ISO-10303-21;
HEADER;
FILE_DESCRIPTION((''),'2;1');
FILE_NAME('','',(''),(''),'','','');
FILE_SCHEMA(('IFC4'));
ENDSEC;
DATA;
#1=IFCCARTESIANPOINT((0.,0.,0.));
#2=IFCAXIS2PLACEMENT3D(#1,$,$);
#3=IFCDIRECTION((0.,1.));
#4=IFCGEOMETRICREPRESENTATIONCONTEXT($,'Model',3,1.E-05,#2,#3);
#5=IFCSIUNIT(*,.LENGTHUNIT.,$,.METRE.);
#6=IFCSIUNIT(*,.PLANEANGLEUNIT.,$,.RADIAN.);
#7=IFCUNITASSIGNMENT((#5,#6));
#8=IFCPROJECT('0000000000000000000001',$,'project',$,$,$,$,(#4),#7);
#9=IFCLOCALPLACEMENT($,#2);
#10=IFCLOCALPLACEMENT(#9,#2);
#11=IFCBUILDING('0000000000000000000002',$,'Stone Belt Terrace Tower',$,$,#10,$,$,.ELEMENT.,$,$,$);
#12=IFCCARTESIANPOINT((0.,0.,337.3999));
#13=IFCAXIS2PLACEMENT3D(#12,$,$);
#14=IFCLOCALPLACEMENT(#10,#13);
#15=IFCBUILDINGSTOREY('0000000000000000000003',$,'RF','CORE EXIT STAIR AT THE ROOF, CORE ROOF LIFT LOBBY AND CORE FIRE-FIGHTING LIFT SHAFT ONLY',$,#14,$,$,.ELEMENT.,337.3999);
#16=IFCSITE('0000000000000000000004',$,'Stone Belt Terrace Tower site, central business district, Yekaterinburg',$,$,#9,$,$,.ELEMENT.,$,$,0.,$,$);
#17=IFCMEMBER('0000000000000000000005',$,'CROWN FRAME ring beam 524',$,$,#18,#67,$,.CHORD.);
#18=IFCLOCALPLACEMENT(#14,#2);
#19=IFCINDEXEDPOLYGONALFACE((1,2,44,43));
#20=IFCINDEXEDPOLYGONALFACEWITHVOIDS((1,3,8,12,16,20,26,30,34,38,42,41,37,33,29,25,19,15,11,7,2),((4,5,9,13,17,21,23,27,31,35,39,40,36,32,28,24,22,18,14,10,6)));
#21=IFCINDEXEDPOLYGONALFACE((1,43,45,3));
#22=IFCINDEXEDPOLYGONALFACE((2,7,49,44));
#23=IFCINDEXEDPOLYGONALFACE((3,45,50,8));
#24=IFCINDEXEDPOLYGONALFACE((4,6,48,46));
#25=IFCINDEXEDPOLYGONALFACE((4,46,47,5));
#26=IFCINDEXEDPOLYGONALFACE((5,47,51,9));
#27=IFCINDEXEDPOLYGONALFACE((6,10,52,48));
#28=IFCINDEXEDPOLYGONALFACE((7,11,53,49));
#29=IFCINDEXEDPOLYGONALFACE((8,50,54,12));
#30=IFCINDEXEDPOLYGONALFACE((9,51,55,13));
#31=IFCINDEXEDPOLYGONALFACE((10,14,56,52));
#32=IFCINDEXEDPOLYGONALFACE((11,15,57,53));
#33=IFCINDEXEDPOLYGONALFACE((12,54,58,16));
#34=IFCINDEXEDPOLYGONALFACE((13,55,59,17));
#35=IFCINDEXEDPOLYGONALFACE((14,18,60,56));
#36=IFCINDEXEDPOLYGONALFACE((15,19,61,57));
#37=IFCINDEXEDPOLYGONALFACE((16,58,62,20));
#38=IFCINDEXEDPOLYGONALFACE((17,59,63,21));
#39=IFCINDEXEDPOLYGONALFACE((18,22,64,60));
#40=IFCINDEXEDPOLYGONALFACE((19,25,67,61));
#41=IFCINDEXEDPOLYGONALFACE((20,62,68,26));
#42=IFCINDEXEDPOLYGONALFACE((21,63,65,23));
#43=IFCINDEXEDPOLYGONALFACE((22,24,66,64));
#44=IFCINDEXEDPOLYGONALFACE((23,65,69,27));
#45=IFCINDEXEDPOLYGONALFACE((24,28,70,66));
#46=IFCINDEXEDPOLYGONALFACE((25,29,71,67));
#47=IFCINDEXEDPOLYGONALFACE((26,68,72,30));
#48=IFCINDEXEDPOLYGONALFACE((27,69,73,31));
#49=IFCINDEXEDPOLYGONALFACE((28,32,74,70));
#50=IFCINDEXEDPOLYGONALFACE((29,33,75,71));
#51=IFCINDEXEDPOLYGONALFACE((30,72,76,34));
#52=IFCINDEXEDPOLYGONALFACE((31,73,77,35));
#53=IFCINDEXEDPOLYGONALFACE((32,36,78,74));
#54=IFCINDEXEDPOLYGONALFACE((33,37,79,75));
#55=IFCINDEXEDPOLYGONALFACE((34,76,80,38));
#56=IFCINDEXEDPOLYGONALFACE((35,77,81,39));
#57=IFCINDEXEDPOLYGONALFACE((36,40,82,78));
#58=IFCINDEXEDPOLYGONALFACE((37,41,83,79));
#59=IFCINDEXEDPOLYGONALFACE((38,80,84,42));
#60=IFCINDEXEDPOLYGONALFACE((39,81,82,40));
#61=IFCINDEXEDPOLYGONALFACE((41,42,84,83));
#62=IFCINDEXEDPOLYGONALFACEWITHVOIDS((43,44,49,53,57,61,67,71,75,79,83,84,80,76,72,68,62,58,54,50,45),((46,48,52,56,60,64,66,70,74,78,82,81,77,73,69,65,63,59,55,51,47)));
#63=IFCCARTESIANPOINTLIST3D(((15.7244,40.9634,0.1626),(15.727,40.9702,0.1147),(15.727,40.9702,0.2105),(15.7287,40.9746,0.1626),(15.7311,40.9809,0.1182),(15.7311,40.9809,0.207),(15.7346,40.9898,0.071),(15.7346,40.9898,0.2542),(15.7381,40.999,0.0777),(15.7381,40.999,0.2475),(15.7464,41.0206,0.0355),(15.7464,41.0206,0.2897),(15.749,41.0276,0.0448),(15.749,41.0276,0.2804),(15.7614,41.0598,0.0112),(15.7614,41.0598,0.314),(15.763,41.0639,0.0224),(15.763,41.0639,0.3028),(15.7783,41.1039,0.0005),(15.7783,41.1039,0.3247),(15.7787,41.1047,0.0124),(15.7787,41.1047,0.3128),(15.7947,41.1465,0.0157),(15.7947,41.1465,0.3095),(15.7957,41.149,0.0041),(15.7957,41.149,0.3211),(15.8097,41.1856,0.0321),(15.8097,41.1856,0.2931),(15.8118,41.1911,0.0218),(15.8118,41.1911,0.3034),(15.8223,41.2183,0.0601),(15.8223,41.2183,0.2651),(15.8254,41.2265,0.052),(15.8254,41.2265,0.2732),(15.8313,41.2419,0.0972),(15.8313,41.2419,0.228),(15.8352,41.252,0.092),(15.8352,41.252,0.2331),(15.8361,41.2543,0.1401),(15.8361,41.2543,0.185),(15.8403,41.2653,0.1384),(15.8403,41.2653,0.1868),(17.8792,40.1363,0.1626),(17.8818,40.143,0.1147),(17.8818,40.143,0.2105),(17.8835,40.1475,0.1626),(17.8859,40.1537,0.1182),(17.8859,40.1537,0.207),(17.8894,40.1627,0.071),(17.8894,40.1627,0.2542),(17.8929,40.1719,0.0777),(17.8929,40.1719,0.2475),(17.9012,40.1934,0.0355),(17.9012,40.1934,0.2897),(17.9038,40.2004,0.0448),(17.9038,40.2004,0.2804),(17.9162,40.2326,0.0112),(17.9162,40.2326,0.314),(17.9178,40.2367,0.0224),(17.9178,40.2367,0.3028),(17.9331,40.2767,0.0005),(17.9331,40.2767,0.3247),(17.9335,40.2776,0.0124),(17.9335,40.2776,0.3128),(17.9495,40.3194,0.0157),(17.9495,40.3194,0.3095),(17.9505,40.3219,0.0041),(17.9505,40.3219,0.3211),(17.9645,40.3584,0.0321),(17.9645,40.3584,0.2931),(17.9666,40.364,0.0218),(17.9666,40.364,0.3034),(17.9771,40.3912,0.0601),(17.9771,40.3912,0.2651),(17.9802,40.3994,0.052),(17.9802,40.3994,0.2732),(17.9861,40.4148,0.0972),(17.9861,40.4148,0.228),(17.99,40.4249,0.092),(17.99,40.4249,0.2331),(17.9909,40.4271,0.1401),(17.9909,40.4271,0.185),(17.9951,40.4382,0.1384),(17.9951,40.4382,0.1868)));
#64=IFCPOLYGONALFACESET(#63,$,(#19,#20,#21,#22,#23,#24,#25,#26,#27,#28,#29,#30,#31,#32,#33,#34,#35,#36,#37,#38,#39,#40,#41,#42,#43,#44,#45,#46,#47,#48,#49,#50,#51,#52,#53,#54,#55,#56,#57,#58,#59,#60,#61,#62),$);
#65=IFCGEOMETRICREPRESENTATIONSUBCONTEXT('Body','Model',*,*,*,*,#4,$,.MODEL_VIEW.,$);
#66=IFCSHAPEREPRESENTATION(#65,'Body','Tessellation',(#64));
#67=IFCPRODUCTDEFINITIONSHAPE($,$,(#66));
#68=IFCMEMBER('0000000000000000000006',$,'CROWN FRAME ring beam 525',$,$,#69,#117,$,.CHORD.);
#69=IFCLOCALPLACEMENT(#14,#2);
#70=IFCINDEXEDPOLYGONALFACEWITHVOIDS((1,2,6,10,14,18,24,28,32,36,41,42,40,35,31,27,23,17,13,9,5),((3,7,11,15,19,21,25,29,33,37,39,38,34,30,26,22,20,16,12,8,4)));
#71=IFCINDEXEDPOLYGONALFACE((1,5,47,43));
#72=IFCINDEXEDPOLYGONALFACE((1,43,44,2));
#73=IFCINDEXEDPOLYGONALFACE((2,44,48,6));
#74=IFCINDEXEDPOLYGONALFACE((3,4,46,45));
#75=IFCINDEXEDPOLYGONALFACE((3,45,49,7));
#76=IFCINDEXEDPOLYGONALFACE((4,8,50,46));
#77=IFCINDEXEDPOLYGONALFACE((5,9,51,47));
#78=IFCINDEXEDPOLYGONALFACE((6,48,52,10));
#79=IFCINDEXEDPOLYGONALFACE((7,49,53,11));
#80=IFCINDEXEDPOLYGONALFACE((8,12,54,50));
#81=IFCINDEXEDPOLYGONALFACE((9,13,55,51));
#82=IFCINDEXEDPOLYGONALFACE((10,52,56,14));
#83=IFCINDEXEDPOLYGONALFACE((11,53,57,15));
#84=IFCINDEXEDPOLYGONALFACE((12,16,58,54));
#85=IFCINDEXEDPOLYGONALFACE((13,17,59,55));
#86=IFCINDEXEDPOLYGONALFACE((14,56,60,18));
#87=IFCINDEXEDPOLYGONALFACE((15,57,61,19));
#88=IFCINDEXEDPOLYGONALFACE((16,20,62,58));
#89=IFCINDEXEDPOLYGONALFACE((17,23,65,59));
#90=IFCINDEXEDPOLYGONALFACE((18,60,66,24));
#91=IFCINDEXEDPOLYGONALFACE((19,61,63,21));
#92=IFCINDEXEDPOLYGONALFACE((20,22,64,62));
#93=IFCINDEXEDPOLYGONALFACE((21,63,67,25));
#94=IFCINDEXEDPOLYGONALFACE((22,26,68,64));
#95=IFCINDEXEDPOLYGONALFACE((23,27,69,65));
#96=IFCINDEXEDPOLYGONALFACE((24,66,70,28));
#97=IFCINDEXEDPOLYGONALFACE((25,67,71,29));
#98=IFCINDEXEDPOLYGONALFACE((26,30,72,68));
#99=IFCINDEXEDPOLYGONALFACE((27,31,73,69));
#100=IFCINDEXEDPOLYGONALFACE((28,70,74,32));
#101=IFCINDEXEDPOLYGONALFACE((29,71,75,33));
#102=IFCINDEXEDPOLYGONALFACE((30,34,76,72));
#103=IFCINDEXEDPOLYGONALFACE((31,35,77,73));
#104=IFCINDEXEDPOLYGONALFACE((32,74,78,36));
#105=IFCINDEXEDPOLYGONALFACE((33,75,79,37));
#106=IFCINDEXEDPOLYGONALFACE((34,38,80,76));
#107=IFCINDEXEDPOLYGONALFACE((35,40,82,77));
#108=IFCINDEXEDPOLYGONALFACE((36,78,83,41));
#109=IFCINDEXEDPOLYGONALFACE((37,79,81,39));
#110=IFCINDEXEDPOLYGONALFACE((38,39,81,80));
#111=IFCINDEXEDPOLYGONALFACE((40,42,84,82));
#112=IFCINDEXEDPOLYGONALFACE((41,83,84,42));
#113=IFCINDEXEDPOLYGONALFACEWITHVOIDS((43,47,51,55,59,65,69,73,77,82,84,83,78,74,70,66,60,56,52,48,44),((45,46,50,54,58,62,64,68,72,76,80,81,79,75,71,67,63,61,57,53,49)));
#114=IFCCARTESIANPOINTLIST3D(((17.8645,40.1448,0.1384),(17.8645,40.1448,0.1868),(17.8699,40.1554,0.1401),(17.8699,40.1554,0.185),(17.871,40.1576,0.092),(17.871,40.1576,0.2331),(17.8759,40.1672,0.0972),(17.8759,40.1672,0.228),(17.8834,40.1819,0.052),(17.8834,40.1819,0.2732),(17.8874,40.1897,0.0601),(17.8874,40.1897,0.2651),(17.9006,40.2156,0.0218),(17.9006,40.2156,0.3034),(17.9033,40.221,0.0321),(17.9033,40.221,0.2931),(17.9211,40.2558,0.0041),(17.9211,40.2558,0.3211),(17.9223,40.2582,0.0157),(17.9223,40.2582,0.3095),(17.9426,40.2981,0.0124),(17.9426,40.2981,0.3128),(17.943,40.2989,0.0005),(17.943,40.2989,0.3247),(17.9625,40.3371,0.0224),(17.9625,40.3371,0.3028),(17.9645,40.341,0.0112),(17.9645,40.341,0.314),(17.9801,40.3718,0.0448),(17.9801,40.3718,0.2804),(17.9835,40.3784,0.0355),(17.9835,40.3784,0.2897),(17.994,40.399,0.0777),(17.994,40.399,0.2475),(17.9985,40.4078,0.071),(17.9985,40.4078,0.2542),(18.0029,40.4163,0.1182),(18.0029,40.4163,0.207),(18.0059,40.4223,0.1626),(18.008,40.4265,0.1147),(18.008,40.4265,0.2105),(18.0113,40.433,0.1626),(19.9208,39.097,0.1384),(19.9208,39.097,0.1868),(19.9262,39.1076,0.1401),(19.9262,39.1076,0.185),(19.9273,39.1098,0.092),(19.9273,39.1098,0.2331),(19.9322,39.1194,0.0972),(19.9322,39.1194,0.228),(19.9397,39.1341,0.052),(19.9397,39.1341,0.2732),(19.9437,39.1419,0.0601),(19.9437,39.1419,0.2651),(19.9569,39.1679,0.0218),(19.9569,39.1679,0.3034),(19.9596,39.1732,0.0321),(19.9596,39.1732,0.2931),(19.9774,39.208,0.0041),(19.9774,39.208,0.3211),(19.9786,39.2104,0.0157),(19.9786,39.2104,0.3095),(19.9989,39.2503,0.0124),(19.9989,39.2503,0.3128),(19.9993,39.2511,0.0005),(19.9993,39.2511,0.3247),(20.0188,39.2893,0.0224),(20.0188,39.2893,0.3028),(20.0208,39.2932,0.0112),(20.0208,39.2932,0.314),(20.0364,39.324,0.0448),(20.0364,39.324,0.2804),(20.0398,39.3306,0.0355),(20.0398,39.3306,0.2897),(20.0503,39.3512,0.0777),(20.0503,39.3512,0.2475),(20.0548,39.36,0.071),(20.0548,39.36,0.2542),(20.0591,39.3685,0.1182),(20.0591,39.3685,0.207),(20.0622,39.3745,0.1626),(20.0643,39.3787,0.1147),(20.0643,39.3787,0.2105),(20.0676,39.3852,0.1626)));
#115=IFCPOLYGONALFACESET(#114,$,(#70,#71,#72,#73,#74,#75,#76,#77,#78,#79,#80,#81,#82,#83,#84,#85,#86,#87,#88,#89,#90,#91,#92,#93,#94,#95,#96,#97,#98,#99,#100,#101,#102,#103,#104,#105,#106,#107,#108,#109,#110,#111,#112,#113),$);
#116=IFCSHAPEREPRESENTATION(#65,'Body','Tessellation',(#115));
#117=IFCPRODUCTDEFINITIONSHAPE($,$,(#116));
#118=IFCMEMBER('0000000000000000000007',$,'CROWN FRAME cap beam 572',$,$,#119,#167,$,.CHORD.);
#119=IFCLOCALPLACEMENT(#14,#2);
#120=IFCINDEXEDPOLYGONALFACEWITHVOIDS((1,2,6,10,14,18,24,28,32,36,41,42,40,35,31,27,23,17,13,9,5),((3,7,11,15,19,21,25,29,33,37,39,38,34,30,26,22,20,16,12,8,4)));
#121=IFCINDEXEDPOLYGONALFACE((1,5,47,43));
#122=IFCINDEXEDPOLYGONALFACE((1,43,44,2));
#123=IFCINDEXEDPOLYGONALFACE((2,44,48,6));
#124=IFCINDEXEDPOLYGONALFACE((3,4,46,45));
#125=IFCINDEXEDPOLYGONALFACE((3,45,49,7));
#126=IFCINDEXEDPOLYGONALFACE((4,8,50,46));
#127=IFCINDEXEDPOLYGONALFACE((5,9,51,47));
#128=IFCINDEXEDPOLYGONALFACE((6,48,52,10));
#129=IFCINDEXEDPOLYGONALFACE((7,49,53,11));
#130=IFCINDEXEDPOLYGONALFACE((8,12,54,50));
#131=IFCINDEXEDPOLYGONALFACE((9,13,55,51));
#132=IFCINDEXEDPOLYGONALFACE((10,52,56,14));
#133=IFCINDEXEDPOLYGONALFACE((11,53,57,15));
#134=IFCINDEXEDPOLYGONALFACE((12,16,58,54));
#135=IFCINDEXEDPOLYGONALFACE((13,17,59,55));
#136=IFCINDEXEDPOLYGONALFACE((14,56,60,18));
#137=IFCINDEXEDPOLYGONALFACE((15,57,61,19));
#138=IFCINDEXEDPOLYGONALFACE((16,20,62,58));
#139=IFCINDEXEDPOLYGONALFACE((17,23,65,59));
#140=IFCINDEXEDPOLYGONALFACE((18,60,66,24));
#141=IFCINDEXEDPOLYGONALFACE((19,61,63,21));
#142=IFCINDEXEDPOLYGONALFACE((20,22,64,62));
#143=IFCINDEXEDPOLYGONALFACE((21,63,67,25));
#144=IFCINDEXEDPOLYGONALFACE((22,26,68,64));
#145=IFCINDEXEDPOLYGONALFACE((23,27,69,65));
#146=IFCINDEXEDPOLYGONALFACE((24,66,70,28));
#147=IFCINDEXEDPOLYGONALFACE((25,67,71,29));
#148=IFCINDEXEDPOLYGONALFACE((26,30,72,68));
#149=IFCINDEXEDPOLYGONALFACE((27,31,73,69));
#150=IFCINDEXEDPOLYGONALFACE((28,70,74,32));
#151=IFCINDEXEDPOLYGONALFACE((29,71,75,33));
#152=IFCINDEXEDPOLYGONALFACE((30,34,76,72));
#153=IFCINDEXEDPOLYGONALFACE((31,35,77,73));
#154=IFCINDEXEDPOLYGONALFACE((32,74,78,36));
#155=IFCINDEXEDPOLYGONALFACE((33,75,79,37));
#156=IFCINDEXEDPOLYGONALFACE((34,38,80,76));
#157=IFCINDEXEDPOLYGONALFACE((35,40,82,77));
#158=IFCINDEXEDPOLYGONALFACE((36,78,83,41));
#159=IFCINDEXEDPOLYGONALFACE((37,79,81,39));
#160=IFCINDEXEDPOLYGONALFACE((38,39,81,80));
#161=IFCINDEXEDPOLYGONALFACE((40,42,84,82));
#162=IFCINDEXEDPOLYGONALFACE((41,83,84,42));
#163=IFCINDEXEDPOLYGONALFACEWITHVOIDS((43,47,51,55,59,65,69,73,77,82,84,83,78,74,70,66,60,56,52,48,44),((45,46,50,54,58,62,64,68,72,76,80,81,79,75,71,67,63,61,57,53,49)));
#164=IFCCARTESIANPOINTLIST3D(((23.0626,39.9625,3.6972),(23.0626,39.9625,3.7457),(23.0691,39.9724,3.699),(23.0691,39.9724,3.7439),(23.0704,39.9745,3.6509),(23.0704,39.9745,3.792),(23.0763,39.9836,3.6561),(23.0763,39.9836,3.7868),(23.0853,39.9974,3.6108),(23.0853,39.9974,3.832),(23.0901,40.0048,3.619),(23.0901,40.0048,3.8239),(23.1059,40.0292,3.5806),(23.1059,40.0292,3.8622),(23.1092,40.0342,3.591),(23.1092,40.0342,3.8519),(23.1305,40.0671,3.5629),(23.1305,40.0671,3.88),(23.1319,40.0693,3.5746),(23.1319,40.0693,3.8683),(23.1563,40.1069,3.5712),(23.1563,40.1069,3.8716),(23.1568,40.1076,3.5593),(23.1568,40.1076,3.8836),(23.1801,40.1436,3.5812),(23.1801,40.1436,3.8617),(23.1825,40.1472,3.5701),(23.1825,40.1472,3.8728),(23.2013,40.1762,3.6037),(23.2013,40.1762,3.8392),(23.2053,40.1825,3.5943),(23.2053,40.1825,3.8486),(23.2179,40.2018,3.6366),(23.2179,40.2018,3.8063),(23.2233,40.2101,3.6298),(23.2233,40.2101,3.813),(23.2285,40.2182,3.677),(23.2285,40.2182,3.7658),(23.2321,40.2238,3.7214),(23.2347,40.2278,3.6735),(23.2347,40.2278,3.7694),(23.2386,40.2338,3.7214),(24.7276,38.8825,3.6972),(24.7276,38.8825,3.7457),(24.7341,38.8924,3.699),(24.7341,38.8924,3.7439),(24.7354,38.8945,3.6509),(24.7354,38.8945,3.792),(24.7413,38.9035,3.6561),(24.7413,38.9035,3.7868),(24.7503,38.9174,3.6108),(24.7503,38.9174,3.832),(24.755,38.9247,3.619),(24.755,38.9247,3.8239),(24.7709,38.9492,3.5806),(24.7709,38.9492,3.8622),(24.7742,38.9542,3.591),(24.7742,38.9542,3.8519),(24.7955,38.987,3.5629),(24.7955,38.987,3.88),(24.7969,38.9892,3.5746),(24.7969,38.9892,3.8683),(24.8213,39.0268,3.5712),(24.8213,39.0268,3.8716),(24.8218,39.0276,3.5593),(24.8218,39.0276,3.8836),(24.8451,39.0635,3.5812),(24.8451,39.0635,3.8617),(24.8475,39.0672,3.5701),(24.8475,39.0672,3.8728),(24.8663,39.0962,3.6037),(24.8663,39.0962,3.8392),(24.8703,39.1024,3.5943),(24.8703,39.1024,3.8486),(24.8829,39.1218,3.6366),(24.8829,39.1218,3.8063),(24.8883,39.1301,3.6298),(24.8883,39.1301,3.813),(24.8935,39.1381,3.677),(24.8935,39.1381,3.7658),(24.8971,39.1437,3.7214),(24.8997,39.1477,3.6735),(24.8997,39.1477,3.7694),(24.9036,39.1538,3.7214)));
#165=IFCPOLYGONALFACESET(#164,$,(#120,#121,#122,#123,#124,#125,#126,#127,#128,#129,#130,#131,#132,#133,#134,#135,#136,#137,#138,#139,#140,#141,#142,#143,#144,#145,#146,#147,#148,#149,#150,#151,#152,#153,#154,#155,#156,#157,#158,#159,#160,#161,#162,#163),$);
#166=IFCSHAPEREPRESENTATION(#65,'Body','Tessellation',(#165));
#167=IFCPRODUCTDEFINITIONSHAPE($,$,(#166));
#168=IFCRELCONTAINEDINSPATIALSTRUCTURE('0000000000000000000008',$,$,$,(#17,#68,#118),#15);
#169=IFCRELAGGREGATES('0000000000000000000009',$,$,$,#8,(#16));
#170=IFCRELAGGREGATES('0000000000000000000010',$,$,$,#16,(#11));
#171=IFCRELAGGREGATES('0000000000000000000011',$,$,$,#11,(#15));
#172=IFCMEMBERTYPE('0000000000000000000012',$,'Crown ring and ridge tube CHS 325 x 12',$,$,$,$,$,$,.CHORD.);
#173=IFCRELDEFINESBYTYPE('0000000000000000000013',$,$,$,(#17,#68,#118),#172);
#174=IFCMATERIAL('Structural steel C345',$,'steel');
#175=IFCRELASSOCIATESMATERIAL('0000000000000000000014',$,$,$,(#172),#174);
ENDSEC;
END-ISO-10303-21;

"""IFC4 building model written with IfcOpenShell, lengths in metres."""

from ifc_helpers import new_model, si_unit, direction, frame, origin, origin_2d, place, context, subcontext, project, spatial, hollow_circle, extrude, material, material_profile, profile_set, type_object, element, save


model = new_model("IFC4")

# Units and contexts
model_context = context("Model", 3, precision=1e-05, world=origin(), true_north=direction((0.0, 1.0)))
body_context = subcontext(model_context, "Body", "Model", "MODEL_VIEW")
ifc_project = project(units=[si_unit("LENGTHUNIT", "METRE"), si_unit("PLANEANGLEUNIT", "RADIAN")], contexts=[model_context])

# Site, building, storey
site_placement = place(None, origin())
site = spatial("IfcSite", under=ifc_project, at=site_placement, Name="Stone Belt Terrace Tower site, central business district, Yekaterinburg", CompositionType="ELEMENT", RefElevation=0.0)
building_placement = place(site_placement, origin())
building = spatial("IfcBuilding", under=site, at=building_placement, Name="Stone Belt Terrace Tower", CompositionType="ELEMENT")
storey_placement = place(building_placement, frame((0.0, 0.0, 337.3999)))
storey = spatial("IfcBuildingStorey", under=building, at=storey_placement, Name="RF", Description="CORE EXIT STAIR AT THE ROOF, CORE ROOF LIFT LOBBY AND CORE FIRE-FIGHTING LIFT SHAFT ONLY", CompositionType="ELEMENT", Elevation=337.3999)

# Members
ifc_material_1 = material(Name="Structural steel C345", Category="steel")
ifc_material_profile_1 = material_profile(ifc_material_1, hollow_circle(Radius=0.1626, WallThickness=0.012, at=origin_2d()), Name="Structural steel C345 CHS 325x12")
ifc_profile_set_1 = profile_set([ifc_material_profile_1], Name="Structural steel C345")
member_type_1 = type_object("IfcMemberType", Name="Crown ring and ridge tube CHS 325 x 12", PredefinedType="CHORD", material=ifc_profile_set_1)
member_1_placement = place(storey_placement, frame((17.9375, 40.2881, 0.1626), z_axis=(-0.93358, 0.358369, 0.0), x_axis=(-0.358369, -0.93358, 0.0)))
element("IfcMember", 1, at=member_1_placement, inside=storey, type_object=member_type_1, Name="CROWN FRAME ring beam 524", PredefinedType="CHORD", context=body_context, shape_type="SweptSolid", body=[
    extrude(hollow_circle(Radius=0.1626, WallThickness=0.012, at=origin_2d()), origin(), (0.0, 0.0, 1.0), 2.3081),
])
member_2_placement = place(storey_placement, frame((17.9375, 40.2881, 0.1626), z_axis=(0.890995, -0.454013, 0.0), x_axis=(0.454013, 0.890995, 0.0)))
element("IfcMember", 2, at=member_2_placement, inside=storey, type_object=member_type_1, Name="CROWN FRAME ring beam 525", PredefinedType="CHORD", context=body_context, shape_type="SweptSolid", body=[
    extrude(hollow_circle(Radius=0.1626, WallThickness=0.012, at=origin_2d()), origin(), (0.0, 0.0, 1.0), 2.3079),
])
member_3_placement = place(storey_placement, frame((23.1501, 40.0974, 3.7214), z_axis=(0.838949, -0.54421, 0.0), x_axis=(0.54421, 0.838949, 0.0)))
element("IfcMember", 3, at=member_3_placement, inside=storey, type_object=member_type_1, Name="CROWN FRAME cap beam 572", PredefinedType="CHORD", context=body_context, shape_type="SweptSolid", body=[
    extrude(hollow_circle(Radius=0.1626, WallThickness=0.012, at=origin_2d()), origin(), (0.0, 0.0, 1.0), 1.9846),
])

save(model, "model.ifc")
